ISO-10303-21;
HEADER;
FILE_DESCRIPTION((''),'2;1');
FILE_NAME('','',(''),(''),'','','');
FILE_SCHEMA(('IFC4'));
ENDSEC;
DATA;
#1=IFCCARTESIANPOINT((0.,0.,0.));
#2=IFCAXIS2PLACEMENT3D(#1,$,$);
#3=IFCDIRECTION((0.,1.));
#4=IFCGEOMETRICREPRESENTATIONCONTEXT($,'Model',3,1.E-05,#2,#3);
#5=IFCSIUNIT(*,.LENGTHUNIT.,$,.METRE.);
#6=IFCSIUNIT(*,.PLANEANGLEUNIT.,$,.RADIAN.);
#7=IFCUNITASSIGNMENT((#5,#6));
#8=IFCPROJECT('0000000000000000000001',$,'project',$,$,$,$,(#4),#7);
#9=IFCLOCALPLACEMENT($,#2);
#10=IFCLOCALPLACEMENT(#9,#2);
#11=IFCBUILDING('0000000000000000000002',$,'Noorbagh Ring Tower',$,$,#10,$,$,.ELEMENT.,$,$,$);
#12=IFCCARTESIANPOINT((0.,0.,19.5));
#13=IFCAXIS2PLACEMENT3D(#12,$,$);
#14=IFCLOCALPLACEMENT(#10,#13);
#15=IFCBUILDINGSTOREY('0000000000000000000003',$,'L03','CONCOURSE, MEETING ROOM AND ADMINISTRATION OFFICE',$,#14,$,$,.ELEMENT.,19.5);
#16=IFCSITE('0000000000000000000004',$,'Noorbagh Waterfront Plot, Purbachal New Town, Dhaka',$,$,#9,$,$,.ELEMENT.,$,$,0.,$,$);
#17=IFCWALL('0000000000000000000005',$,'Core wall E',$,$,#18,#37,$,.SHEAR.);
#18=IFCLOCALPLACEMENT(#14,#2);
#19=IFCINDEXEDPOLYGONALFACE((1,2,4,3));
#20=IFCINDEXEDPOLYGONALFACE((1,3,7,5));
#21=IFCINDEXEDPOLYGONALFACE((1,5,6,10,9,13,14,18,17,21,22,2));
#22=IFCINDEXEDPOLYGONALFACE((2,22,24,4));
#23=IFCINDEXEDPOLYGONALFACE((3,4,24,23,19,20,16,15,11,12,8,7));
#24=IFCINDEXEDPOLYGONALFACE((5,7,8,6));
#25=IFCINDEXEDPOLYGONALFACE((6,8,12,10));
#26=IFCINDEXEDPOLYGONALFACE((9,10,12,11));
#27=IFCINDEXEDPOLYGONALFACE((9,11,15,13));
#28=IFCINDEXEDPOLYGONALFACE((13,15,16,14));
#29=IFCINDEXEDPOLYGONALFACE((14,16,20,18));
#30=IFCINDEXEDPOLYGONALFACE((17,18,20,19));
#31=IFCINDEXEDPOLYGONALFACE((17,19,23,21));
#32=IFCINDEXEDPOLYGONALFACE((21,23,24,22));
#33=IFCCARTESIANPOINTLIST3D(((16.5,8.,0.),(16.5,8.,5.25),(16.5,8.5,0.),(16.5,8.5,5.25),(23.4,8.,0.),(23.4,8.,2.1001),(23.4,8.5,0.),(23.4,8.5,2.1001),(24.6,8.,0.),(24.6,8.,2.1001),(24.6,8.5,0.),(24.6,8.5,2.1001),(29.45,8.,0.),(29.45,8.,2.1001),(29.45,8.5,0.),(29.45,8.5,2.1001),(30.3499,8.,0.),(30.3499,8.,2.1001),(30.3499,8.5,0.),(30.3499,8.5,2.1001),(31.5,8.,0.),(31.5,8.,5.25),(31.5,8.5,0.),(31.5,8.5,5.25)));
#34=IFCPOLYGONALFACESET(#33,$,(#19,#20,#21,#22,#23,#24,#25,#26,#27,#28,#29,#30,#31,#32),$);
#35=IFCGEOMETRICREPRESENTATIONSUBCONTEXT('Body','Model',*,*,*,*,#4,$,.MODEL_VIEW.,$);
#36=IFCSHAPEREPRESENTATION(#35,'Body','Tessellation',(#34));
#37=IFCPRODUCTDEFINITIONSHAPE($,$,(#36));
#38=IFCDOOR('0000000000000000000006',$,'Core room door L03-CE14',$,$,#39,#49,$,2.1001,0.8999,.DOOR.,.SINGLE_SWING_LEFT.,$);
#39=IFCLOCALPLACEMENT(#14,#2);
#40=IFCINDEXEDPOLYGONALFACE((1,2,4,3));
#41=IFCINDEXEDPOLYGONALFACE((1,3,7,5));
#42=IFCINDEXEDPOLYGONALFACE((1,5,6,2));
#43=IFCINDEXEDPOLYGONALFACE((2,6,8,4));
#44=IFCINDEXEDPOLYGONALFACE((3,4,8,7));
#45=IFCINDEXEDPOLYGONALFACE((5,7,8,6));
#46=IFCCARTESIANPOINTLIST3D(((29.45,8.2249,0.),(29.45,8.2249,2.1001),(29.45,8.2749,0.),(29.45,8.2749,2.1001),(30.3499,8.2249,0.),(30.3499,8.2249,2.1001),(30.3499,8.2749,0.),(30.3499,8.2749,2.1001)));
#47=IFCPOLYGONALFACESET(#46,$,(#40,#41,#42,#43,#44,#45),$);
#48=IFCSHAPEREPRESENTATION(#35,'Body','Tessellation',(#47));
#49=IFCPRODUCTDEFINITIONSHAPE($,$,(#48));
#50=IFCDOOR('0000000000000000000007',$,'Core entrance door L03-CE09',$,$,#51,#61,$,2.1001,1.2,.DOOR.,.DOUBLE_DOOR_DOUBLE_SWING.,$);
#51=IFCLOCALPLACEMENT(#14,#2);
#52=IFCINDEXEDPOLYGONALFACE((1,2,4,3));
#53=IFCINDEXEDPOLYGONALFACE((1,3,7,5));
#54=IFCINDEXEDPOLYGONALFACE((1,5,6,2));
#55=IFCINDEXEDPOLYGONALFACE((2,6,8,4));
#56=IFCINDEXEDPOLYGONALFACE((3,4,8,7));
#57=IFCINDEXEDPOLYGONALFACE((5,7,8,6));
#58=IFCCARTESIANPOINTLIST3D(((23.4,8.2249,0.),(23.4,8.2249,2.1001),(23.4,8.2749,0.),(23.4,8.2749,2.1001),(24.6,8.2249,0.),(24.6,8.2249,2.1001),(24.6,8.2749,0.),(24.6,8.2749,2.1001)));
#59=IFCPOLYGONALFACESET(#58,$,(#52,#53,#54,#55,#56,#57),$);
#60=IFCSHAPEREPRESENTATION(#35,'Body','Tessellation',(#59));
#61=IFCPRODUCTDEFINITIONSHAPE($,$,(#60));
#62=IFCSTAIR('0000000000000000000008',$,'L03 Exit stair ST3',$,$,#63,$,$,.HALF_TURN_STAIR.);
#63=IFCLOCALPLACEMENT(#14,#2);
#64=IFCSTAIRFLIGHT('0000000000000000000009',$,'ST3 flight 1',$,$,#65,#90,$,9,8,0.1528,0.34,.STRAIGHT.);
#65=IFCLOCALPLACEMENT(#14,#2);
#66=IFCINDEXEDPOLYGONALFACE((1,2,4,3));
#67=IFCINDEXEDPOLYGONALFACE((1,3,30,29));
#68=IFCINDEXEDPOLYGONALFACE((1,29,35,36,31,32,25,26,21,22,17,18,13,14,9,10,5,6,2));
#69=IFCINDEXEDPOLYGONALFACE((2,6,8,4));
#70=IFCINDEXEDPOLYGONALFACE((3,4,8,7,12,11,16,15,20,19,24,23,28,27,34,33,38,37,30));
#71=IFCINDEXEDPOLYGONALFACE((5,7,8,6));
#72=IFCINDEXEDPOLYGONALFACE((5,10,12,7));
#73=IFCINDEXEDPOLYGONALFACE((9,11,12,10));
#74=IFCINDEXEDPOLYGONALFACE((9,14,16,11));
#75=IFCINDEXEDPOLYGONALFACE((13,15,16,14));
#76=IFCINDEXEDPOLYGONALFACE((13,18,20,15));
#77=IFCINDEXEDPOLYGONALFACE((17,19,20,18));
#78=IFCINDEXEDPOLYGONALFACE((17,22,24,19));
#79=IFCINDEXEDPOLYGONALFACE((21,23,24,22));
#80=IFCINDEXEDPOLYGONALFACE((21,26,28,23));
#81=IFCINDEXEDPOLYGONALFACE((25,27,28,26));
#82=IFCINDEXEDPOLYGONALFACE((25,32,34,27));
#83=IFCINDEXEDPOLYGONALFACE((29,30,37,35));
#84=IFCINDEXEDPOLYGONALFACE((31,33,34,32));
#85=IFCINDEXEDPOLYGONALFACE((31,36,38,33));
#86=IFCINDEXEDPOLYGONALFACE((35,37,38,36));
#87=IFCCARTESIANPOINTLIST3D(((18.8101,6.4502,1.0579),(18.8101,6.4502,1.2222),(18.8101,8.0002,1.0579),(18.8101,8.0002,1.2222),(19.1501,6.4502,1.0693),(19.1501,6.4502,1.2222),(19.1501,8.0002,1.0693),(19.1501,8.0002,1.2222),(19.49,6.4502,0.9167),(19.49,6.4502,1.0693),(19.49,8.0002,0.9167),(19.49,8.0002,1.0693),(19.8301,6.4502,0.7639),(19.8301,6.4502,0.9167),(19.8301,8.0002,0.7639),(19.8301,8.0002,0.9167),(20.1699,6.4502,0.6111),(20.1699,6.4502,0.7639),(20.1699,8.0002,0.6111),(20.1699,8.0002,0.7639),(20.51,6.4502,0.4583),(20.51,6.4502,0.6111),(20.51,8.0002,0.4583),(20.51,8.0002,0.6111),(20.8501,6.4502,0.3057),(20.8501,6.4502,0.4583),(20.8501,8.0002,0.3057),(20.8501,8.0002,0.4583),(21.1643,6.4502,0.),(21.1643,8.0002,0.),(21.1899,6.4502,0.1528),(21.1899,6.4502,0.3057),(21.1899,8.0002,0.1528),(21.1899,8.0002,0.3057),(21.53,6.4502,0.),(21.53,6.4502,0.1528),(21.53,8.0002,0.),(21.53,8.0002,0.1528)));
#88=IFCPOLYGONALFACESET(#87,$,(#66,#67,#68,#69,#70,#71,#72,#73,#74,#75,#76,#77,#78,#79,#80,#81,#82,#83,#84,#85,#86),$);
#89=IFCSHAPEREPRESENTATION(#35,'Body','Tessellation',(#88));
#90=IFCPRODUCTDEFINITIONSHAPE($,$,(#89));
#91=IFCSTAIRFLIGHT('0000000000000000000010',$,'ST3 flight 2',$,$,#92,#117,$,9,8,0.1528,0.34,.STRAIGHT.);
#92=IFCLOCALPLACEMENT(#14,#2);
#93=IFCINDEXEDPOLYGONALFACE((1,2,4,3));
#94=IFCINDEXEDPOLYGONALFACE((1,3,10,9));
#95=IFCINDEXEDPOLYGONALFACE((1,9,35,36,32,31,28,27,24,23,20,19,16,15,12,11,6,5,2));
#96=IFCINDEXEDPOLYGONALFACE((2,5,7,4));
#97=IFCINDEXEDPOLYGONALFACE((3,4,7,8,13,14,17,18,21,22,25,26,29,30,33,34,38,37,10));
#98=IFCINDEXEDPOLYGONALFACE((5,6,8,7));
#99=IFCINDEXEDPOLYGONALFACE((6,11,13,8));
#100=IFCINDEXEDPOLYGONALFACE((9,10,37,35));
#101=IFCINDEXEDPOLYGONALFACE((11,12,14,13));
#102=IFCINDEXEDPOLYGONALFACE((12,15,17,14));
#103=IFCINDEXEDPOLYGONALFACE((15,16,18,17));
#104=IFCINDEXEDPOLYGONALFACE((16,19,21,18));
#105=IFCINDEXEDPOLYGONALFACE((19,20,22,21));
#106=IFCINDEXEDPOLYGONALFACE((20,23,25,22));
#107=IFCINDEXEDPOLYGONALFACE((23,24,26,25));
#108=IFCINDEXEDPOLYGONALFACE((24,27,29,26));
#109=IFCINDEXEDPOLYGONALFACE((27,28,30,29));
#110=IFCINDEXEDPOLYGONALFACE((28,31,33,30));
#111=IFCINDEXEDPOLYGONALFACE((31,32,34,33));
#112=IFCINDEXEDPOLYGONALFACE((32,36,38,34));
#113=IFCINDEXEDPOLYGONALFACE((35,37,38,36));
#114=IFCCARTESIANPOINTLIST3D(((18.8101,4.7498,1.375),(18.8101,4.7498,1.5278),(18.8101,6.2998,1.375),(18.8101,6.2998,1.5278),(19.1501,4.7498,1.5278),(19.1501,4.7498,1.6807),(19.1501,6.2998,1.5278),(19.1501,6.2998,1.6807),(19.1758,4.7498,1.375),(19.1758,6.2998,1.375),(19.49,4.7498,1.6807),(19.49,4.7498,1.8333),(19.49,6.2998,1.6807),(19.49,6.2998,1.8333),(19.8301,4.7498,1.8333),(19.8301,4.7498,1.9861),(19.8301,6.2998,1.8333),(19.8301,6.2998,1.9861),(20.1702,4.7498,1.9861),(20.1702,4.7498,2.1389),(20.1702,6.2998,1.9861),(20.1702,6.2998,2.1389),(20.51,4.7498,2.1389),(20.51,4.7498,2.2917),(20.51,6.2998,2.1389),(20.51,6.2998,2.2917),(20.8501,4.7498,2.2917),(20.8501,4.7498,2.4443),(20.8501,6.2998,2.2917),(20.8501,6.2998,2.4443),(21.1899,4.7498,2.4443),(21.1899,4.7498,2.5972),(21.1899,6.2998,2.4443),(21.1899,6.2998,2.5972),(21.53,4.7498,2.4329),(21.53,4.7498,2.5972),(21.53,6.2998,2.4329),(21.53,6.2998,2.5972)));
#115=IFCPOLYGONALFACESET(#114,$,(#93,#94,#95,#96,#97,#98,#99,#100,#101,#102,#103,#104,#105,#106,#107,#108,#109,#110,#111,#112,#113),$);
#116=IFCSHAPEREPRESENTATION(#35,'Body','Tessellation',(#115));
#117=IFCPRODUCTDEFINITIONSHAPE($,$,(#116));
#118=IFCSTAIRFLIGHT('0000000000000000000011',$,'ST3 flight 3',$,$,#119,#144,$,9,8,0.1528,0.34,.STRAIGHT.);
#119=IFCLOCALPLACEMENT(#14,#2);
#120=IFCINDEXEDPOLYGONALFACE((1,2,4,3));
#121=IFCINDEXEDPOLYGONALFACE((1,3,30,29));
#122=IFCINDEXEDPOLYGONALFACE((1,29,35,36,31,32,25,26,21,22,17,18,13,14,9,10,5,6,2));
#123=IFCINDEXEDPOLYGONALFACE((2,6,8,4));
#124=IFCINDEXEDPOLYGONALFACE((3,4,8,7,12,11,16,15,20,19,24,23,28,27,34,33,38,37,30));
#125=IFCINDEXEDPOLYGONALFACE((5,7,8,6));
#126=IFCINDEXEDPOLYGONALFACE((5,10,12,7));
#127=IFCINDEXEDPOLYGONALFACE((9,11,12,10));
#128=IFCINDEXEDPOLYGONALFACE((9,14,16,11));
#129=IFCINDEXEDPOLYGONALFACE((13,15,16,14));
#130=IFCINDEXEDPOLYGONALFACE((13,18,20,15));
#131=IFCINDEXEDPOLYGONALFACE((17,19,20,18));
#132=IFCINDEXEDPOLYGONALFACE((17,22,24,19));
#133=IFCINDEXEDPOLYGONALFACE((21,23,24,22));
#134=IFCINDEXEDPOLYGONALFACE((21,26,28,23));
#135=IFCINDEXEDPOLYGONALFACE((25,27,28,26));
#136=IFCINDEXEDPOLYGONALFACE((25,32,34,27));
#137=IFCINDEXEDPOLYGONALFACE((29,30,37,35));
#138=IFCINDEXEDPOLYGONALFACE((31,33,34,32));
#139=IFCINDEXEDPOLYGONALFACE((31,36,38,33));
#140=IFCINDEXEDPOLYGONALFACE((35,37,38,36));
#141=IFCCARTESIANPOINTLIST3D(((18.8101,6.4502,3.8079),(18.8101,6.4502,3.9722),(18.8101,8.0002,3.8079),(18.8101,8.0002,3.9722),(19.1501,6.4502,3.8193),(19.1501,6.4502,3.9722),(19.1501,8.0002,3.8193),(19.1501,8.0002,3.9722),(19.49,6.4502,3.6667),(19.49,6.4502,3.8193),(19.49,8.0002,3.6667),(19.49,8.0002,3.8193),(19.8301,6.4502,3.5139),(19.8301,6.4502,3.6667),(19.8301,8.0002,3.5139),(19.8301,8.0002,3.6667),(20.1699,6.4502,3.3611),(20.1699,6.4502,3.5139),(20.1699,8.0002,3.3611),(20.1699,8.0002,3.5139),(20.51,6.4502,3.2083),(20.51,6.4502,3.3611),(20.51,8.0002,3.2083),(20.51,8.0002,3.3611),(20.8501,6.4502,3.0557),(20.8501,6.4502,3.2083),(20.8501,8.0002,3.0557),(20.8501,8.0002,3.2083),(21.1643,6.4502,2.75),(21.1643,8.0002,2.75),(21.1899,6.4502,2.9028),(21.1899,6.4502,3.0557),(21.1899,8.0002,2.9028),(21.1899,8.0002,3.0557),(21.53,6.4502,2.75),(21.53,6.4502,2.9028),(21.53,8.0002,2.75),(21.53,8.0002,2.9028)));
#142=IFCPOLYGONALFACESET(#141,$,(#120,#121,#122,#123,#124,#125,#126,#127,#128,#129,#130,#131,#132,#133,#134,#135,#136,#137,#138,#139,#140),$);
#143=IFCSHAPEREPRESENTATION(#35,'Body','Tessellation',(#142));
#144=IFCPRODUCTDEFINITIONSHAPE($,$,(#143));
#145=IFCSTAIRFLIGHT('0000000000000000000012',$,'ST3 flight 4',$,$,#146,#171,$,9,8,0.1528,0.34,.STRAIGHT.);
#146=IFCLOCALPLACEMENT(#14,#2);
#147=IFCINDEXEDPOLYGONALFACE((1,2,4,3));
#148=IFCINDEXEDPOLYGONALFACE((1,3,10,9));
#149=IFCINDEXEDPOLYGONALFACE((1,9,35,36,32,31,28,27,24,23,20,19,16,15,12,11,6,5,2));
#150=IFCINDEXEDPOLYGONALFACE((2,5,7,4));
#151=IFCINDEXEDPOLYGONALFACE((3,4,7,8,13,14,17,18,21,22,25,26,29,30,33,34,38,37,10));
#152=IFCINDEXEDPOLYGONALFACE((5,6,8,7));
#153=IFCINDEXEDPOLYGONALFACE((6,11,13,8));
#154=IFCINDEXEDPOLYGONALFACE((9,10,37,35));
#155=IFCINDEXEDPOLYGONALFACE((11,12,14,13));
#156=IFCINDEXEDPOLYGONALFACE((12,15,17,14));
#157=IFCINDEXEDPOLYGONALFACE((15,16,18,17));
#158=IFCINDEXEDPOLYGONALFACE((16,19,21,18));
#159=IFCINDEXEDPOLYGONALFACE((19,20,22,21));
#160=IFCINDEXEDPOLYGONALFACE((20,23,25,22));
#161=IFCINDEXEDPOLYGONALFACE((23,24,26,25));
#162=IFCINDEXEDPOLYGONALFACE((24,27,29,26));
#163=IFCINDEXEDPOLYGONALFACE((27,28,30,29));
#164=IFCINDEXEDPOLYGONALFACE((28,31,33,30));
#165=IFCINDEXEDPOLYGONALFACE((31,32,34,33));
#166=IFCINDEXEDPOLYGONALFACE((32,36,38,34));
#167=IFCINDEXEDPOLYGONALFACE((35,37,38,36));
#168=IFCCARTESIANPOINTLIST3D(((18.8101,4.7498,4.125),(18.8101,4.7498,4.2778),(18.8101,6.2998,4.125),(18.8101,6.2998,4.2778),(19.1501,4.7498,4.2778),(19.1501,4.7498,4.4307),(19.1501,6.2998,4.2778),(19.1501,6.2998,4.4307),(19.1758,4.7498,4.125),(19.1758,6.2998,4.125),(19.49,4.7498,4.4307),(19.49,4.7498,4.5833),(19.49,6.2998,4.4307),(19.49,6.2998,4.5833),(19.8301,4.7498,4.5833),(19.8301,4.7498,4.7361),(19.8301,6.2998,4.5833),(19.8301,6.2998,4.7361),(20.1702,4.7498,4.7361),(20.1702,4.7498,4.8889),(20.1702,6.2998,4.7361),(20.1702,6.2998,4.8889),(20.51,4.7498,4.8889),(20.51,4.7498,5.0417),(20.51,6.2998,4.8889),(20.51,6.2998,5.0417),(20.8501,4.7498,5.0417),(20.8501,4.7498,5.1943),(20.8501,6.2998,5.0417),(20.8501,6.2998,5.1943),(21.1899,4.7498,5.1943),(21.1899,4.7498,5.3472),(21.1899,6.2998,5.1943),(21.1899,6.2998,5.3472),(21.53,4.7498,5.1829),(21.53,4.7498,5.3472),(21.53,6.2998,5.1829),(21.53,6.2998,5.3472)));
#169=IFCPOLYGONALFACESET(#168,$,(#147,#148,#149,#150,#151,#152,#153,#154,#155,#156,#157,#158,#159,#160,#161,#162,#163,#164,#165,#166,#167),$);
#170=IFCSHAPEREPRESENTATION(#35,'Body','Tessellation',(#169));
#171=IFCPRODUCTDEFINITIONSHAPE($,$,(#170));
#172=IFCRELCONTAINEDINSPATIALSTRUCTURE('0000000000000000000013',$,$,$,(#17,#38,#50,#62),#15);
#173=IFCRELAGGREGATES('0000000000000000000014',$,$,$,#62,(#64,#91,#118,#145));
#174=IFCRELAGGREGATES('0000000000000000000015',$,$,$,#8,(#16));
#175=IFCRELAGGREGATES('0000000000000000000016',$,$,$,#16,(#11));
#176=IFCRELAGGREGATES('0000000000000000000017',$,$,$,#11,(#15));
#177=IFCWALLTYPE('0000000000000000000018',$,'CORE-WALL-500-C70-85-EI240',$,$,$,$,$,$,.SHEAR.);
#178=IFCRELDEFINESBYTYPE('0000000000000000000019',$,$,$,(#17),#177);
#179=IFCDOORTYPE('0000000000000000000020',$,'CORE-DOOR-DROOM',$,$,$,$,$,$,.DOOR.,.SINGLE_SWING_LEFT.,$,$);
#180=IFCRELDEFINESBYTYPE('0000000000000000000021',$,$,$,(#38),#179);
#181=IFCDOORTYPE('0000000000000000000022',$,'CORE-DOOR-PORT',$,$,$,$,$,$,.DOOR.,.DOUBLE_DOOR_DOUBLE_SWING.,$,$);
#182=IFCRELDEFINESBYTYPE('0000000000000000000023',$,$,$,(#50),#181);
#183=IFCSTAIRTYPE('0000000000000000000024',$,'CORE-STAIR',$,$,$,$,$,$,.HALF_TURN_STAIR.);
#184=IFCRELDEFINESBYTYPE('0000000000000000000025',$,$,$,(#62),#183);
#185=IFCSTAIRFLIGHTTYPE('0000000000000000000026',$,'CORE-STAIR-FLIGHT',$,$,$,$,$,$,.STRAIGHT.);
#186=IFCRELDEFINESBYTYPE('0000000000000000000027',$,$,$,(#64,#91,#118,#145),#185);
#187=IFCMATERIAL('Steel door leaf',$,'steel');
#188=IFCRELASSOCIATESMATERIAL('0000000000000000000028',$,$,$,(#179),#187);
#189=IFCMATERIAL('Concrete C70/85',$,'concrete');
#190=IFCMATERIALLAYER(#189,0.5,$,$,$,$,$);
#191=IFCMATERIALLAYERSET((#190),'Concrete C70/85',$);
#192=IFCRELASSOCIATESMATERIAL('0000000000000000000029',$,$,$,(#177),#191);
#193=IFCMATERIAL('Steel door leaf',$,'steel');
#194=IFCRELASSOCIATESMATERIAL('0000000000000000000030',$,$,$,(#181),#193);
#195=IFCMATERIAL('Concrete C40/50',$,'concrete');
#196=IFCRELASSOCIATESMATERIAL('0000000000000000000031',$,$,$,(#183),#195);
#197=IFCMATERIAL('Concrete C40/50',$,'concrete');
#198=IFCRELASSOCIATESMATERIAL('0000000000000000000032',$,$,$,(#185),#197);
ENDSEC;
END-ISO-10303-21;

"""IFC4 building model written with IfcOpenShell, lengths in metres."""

from ifc_helpers import new_model, si_unit, direction, frame, frame_2d, origin, place, context, subcontext, project, spatial, polyline, rectangle, outline, extrude, material, layer, layer_set, type_object, element, fill, aggregate, save


model = new_model("IFC4")

# Units and contexts
model_context = context("Model", 3, precision=1e-05, world=origin(), true_north=direction((0.0, 1.0)))
body_context = subcontext(model_context, "Body", "Model", "MODEL_VIEW")
ifc_project = project(units=[si_unit("LENGTHUNIT", "METRE"), si_unit("PLANEANGLEUNIT", "RADIAN")], contexts=[model_context])

# Site, building, storey
site_placement = place(None, origin())
site = spatial("IfcSite", under=ifc_project, at=site_placement, Name="Noorbagh Waterfront Plot, Purbachal New Town, Dhaka", CompositionType="ELEMENT", RefElevation=0.0)
building_placement = place(site_placement, origin())
building = spatial("IfcBuilding", under=site, at=building_placement, Name="Noorbagh Ring Tower", CompositionType="ELEMENT")
storey_placement = place(building_placement, frame((0.0, 0.0, 19.5)))
storey = spatial("IfcBuildingStorey", under=building, at=storey_placement, Name="L03", Description="CONCOURSE, MEETING ROOM AND ADMINISTRATION OFFICE", CompositionType="ELEMENT", Elevation=19.5)

# Shared definitions
ifc_material_1 = material(Name="Steel door leaf", Category="steel")
door_type_1 = type_object("IfcDoorType", Name="CORE-DOOR-DROOM", OperationType="SINGLE_SWING_LEFT", PredefinedType="DOOR", material=ifc_material_1)

# Wall, openings, doors
ifc_material_2 = material(Name="Concrete C70/85", Category="concrete")
ifc_layer_1 = layer(ifc_material_2, 0.5)
ifc_layer_set_1 = layer_set([ifc_layer_1], Name="Concrete C70/85")
wall_type_1 = type_object("IfcWallType", Name="CORE-WALL-500-C70-85-EI240", PredefinedType="SHEAR", material=ifc_layer_set_1)
wall_1_placement = place(storey_placement, frame((16.5, 8.25, 0.0), z_axis=(0.0, 0.0, 1.0), x_axis=(1.0, 0.0, 0.0)))
wall_1 = element("IfcWall", 1, at=wall_1_placement, inside=storey, type_object=wall_type_1, Name="Core wall E", PredefinedType="SHEAR", context=body_context, shape_type="SweptSolid", body=[
    extrude(rectangle(XDim=15.0, YDim=0.5, at=frame_2d((7.5, 0.0))), origin(), (0.0, 0.0, 1.0), 5.25),
])
opening_1_placement = place(wall_1_placement, frame((6.8999, 0.0, 0.0)))
opening_1 = element("IfcOpeningElement", 2, at=opening_1_placement, cuts=wall_1, PredefinedType="OPENING", context=body_context, shape_type="SweptSolid", body=[
    extrude(rectangle(XDim=1.2, YDim=2.1001, at=frame_2d((0.6001, 1.05))), frame((0.0, 0.26, 0.0), z_axis=(0.0, -1.0, 0.0), x_axis=(1.0, 0.0, 0.0)), (0.0, 0.0, 1.0), 0.52),
])
opening_2_placement = place(wall_1_placement, frame((12.95, 0.0, 0.0)))
opening_2 = element("IfcOpeningElement", 3, at=opening_2_placement, cuts=wall_1, PredefinedType="OPENING", context=body_context, shape_type="SweptSolid", body=[
    extrude(rectangle(XDim=0.8999, YDim=2.1001, at=frame_2d((0.45, 1.05))), frame((0.0, 0.26, 0.0), z_axis=(0.0, -1.0, 0.0), x_axis=(1.0, 0.0, 0.0)), (0.0, 0.0, 1.0), 0.52),
])
door_1_placement = place(opening_2_placement, origin())
door_1 = element("IfcDoor", 4, at=door_1_placement, inside=storey, type_object=door_type_1, Name="Core room door L03-CE14", OperationType="SINGLE_SWING_LEFT", OverallHeight=2.1001, OverallWidth=0.8999, PredefinedType="DOOR", context=body_context, shape_type="SweptSolid", body=[
    extrude(rectangle(XDim=0.8999, YDim=2.1001, at=frame_2d((0.45, 1.05))), frame((0.0, 0.0249, 0.0), z_axis=(0.0, -1.0, 0.0), x_axis=(1.0, 0.0, 0.0)), (0.0, 0.0, 1.0), 0.05),
])
fill(opening_2, door_1)
ifc_material_3 = material(Name="Steel door leaf", Category="steel")
door_type_2 = type_object("IfcDoorType", Name="CORE-DOOR-PORT", OperationType="DOUBLE_DOOR_DOUBLE_SWING", PredefinedType="DOOR", material=ifc_material_3)
door_2_placement = place(opening_1_placement, origin())
door_2 = element("IfcDoor", 5, at=door_2_placement, inside=storey, type_object=door_type_2, Name="Core entrance door L03-CE09", OperationType="DOUBLE_DOOR_DOUBLE_SWING", OverallHeight=2.1001, OverallWidth=1.2, PredefinedType="DOOR", context=body_context, shape_type="SweptSolid", body=[
    extrude(rectangle(XDim=1.2, YDim=2.1001, at=frame_2d((0.6001, 1.05))), frame((0.0, 0.0249, 0.0), z_axis=(0.0, -1.0, 0.0), x_axis=(1.0, 0.0, 0.0)), (0.0, 0.0, 1.0), 0.05),
])
fill(opening_1, door_2)

# Stair, stair flights
ifc_material_4 = material(Name="Concrete C40/50", Category="concrete")
stair_type = type_object("IfcStairType", Name="CORE-STAIR", PredefinedType="HALF_TURN_STAIR", material=ifc_material_4)
stair_placement = place(storey_placement, origin())
stair = element("IfcStair", 6, at=stair_placement, inside=storey, type_object=stair_type, Name="L03 Exit stair ST3", PredefinedType="HALF_TURN_STAIR")
ifc_material_5 = material(Name="Concrete C40/50", Category="concrete")
stair_flight_type = type_object("IfcStairFlightType", Name="CORE-STAIR-FLIGHT", PredefinedType="STRAIGHT", material=ifc_material_5)
stair_flight_1_placement = place(storey_placement, frame((21.53, 7.2251, 0.0), z_axis=(0.0, 0.0, 1.0), x_axis=(-1.0, 0.0, 0.0)))
stair_flight_1 = element("IfcStairFlight", 7, at=stair_flight_1_placement, type_object=stair_flight_type, Name="ST3 flight 1", NumberOfRisers=9, NumberOfTreads=8, PredefinedType="STRAIGHT", RiserHeight=0.1528, TreadLength=0.34, context=body_context, shape_type="SweptSolid", body=[
    extrude(outline(polyline([(0.0, 0.0), (0.0, 0.1528), (0.3401, 0.1528), (0.3401, 0.3057), (0.6799, 0.3057), (0.6799, 0.4583), (1.02, 0.4583), (1.02, 0.6111), (1.3601, 0.6111), (1.3601, 0.7639), (1.7, 0.7639), (1.7, 0.9167), (2.04, 0.9167), (2.04, 1.0693), (2.3799, 1.0693), (2.3799, 1.2222), (2.72, 1.2222), (2.72, 1.375), (2.72, 1.0579), (0.3657, 0.0), (0.0, 0.0)])), frame((0.0, 0.7749, 0.0), z_axis=(0.0, -1.0, 0.0), x_axis=(1.0, 0.0, 0.0)), (0.0, 0.0, 1.0), 1.55),
])
stair_flight_2_placement = place(storey_placement, frame((18.8101, 5.5249, 1.375), z_axis=(0.0, 0.0, 1.0), x_axis=(1.0, 0.0, 0.0)))
stair_flight_2 = element("IfcStairFlight", 8, at=stair_flight_2_placement, type_object=stair_flight_type, Name="ST3 flight 2", NumberOfRisers=9, NumberOfTreads=8, PredefinedType="STRAIGHT", RiserHeight=0.1528, TreadLength=0.34, context=body_context, shape_type="SweptSolid", body=[
    extrude(outline(polyline([(0.0, 0.0), (0.0, 0.1528), (0.3401, 0.1528), (0.3401, 0.3057), (0.6799, 0.3057), (0.6799, 0.4583), (1.02, 0.4583), (1.02, 0.6111), (1.3601, 0.6111), (1.3601, 0.7639), (1.7, 0.7639), (1.7, 0.9167), (2.04, 0.9167), (2.04, 1.0693), (2.3799, 1.0693), (2.3799, 1.2222), (2.72, 1.2222), (2.72, 1.375), (2.72, 1.0579), (0.3657, 0.0), (0.0, 0.0)])), frame((0.0, 0.7749, 0.0), z_axis=(0.0, -1.0, 0.0), x_axis=(1.0, 0.0, 0.0)), (0.0, 0.0, 1.0), 1.55),
])
stair_flight_3_placement = place(storey_placement, frame((21.53, 7.2251, 2.75), z_axis=(0.0, 0.0, 1.0), x_axis=(-1.0, 0.0, 0.0)))
stair_flight_3 = element("IfcStairFlight", 9, at=stair_flight_3_placement, type_object=stair_flight_type, Name="ST3 flight 3", NumberOfRisers=9, NumberOfTreads=8, PredefinedType="STRAIGHT", RiserHeight=0.1528, TreadLength=0.34, context=body_context, shape_type="SweptSolid", body=[
    extrude(outline(polyline([(0.0, 0.0), (0.0, 0.1528), (0.3401, 0.1528), (0.3401, 0.3057), (0.6799, 0.3057), (0.6799, 0.4583), (1.02, 0.4583), (1.02, 0.6111), (1.3601, 0.6111), (1.3601, 0.7639), (1.7, 0.7639), (1.7, 0.9167), (2.04, 0.9167), (2.04, 1.0693), (2.3799, 1.0693), (2.3799, 1.2222), (2.72, 1.2222), (2.72, 1.375), (2.72, 1.0579), (0.3657, 0.0), (0.0, 0.0)])), frame((0.0, 0.7749, 0.0), z_axis=(0.0, -1.0, 0.0), x_axis=(1.0, 0.0, 0.0)), (0.0, 0.0, 1.0), 1.55),
])
stair_flight_4_placement = place(storey_placement, frame((18.8101, 5.5249, 4.125), z_axis=(0.0, 0.0, 1.0), x_axis=(1.0, 0.0, 0.0)))
stair_flight_4 = element("IfcStairFlight", 10, at=stair_flight_4_placement, type_object=stair_flight_type, Name="ST3 flight 4", NumberOfRisers=9, NumberOfTreads=8, PredefinedType="STRAIGHT", RiserHeight=0.1528, TreadLength=0.34, context=body_context, shape_type="SweptSolid", body=[
    extrude(outline(polyline([(0.0, 0.0), (0.0, 0.1528), (0.3401, 0.1528), (0.3401, 0.3057), (0.6799, 0.3057), (0.6799, 0.4583), (1.02, 0.4583), (1.02, 0.6111), (1.3601, 0.6111), (1.3601, 0.7639), (1.7, 0.7639), (1.7, 0.9167), (2.04, 0.9167), (2.04, 1.0693), (2.3799, 1.0693), (2.3799, 1.2222), (2.72, 1.2222), (2.72, 1.375), (2.72, 1.0579), (0.3657, 0.0), (0.0, 0.0)])), frame((0.0, 0.7749, 0.0), z_axis=(0.0, -1.0, 0.0), x_axis=(1.0, 0.0, 0.0)), (0.0, 0.0, 1.0), 1.55),
])
aggregate(stair, [stair_flight_1, stair_flight_2, stair_flight_3, stair_flight_4])

save(model, "model.ifc")
